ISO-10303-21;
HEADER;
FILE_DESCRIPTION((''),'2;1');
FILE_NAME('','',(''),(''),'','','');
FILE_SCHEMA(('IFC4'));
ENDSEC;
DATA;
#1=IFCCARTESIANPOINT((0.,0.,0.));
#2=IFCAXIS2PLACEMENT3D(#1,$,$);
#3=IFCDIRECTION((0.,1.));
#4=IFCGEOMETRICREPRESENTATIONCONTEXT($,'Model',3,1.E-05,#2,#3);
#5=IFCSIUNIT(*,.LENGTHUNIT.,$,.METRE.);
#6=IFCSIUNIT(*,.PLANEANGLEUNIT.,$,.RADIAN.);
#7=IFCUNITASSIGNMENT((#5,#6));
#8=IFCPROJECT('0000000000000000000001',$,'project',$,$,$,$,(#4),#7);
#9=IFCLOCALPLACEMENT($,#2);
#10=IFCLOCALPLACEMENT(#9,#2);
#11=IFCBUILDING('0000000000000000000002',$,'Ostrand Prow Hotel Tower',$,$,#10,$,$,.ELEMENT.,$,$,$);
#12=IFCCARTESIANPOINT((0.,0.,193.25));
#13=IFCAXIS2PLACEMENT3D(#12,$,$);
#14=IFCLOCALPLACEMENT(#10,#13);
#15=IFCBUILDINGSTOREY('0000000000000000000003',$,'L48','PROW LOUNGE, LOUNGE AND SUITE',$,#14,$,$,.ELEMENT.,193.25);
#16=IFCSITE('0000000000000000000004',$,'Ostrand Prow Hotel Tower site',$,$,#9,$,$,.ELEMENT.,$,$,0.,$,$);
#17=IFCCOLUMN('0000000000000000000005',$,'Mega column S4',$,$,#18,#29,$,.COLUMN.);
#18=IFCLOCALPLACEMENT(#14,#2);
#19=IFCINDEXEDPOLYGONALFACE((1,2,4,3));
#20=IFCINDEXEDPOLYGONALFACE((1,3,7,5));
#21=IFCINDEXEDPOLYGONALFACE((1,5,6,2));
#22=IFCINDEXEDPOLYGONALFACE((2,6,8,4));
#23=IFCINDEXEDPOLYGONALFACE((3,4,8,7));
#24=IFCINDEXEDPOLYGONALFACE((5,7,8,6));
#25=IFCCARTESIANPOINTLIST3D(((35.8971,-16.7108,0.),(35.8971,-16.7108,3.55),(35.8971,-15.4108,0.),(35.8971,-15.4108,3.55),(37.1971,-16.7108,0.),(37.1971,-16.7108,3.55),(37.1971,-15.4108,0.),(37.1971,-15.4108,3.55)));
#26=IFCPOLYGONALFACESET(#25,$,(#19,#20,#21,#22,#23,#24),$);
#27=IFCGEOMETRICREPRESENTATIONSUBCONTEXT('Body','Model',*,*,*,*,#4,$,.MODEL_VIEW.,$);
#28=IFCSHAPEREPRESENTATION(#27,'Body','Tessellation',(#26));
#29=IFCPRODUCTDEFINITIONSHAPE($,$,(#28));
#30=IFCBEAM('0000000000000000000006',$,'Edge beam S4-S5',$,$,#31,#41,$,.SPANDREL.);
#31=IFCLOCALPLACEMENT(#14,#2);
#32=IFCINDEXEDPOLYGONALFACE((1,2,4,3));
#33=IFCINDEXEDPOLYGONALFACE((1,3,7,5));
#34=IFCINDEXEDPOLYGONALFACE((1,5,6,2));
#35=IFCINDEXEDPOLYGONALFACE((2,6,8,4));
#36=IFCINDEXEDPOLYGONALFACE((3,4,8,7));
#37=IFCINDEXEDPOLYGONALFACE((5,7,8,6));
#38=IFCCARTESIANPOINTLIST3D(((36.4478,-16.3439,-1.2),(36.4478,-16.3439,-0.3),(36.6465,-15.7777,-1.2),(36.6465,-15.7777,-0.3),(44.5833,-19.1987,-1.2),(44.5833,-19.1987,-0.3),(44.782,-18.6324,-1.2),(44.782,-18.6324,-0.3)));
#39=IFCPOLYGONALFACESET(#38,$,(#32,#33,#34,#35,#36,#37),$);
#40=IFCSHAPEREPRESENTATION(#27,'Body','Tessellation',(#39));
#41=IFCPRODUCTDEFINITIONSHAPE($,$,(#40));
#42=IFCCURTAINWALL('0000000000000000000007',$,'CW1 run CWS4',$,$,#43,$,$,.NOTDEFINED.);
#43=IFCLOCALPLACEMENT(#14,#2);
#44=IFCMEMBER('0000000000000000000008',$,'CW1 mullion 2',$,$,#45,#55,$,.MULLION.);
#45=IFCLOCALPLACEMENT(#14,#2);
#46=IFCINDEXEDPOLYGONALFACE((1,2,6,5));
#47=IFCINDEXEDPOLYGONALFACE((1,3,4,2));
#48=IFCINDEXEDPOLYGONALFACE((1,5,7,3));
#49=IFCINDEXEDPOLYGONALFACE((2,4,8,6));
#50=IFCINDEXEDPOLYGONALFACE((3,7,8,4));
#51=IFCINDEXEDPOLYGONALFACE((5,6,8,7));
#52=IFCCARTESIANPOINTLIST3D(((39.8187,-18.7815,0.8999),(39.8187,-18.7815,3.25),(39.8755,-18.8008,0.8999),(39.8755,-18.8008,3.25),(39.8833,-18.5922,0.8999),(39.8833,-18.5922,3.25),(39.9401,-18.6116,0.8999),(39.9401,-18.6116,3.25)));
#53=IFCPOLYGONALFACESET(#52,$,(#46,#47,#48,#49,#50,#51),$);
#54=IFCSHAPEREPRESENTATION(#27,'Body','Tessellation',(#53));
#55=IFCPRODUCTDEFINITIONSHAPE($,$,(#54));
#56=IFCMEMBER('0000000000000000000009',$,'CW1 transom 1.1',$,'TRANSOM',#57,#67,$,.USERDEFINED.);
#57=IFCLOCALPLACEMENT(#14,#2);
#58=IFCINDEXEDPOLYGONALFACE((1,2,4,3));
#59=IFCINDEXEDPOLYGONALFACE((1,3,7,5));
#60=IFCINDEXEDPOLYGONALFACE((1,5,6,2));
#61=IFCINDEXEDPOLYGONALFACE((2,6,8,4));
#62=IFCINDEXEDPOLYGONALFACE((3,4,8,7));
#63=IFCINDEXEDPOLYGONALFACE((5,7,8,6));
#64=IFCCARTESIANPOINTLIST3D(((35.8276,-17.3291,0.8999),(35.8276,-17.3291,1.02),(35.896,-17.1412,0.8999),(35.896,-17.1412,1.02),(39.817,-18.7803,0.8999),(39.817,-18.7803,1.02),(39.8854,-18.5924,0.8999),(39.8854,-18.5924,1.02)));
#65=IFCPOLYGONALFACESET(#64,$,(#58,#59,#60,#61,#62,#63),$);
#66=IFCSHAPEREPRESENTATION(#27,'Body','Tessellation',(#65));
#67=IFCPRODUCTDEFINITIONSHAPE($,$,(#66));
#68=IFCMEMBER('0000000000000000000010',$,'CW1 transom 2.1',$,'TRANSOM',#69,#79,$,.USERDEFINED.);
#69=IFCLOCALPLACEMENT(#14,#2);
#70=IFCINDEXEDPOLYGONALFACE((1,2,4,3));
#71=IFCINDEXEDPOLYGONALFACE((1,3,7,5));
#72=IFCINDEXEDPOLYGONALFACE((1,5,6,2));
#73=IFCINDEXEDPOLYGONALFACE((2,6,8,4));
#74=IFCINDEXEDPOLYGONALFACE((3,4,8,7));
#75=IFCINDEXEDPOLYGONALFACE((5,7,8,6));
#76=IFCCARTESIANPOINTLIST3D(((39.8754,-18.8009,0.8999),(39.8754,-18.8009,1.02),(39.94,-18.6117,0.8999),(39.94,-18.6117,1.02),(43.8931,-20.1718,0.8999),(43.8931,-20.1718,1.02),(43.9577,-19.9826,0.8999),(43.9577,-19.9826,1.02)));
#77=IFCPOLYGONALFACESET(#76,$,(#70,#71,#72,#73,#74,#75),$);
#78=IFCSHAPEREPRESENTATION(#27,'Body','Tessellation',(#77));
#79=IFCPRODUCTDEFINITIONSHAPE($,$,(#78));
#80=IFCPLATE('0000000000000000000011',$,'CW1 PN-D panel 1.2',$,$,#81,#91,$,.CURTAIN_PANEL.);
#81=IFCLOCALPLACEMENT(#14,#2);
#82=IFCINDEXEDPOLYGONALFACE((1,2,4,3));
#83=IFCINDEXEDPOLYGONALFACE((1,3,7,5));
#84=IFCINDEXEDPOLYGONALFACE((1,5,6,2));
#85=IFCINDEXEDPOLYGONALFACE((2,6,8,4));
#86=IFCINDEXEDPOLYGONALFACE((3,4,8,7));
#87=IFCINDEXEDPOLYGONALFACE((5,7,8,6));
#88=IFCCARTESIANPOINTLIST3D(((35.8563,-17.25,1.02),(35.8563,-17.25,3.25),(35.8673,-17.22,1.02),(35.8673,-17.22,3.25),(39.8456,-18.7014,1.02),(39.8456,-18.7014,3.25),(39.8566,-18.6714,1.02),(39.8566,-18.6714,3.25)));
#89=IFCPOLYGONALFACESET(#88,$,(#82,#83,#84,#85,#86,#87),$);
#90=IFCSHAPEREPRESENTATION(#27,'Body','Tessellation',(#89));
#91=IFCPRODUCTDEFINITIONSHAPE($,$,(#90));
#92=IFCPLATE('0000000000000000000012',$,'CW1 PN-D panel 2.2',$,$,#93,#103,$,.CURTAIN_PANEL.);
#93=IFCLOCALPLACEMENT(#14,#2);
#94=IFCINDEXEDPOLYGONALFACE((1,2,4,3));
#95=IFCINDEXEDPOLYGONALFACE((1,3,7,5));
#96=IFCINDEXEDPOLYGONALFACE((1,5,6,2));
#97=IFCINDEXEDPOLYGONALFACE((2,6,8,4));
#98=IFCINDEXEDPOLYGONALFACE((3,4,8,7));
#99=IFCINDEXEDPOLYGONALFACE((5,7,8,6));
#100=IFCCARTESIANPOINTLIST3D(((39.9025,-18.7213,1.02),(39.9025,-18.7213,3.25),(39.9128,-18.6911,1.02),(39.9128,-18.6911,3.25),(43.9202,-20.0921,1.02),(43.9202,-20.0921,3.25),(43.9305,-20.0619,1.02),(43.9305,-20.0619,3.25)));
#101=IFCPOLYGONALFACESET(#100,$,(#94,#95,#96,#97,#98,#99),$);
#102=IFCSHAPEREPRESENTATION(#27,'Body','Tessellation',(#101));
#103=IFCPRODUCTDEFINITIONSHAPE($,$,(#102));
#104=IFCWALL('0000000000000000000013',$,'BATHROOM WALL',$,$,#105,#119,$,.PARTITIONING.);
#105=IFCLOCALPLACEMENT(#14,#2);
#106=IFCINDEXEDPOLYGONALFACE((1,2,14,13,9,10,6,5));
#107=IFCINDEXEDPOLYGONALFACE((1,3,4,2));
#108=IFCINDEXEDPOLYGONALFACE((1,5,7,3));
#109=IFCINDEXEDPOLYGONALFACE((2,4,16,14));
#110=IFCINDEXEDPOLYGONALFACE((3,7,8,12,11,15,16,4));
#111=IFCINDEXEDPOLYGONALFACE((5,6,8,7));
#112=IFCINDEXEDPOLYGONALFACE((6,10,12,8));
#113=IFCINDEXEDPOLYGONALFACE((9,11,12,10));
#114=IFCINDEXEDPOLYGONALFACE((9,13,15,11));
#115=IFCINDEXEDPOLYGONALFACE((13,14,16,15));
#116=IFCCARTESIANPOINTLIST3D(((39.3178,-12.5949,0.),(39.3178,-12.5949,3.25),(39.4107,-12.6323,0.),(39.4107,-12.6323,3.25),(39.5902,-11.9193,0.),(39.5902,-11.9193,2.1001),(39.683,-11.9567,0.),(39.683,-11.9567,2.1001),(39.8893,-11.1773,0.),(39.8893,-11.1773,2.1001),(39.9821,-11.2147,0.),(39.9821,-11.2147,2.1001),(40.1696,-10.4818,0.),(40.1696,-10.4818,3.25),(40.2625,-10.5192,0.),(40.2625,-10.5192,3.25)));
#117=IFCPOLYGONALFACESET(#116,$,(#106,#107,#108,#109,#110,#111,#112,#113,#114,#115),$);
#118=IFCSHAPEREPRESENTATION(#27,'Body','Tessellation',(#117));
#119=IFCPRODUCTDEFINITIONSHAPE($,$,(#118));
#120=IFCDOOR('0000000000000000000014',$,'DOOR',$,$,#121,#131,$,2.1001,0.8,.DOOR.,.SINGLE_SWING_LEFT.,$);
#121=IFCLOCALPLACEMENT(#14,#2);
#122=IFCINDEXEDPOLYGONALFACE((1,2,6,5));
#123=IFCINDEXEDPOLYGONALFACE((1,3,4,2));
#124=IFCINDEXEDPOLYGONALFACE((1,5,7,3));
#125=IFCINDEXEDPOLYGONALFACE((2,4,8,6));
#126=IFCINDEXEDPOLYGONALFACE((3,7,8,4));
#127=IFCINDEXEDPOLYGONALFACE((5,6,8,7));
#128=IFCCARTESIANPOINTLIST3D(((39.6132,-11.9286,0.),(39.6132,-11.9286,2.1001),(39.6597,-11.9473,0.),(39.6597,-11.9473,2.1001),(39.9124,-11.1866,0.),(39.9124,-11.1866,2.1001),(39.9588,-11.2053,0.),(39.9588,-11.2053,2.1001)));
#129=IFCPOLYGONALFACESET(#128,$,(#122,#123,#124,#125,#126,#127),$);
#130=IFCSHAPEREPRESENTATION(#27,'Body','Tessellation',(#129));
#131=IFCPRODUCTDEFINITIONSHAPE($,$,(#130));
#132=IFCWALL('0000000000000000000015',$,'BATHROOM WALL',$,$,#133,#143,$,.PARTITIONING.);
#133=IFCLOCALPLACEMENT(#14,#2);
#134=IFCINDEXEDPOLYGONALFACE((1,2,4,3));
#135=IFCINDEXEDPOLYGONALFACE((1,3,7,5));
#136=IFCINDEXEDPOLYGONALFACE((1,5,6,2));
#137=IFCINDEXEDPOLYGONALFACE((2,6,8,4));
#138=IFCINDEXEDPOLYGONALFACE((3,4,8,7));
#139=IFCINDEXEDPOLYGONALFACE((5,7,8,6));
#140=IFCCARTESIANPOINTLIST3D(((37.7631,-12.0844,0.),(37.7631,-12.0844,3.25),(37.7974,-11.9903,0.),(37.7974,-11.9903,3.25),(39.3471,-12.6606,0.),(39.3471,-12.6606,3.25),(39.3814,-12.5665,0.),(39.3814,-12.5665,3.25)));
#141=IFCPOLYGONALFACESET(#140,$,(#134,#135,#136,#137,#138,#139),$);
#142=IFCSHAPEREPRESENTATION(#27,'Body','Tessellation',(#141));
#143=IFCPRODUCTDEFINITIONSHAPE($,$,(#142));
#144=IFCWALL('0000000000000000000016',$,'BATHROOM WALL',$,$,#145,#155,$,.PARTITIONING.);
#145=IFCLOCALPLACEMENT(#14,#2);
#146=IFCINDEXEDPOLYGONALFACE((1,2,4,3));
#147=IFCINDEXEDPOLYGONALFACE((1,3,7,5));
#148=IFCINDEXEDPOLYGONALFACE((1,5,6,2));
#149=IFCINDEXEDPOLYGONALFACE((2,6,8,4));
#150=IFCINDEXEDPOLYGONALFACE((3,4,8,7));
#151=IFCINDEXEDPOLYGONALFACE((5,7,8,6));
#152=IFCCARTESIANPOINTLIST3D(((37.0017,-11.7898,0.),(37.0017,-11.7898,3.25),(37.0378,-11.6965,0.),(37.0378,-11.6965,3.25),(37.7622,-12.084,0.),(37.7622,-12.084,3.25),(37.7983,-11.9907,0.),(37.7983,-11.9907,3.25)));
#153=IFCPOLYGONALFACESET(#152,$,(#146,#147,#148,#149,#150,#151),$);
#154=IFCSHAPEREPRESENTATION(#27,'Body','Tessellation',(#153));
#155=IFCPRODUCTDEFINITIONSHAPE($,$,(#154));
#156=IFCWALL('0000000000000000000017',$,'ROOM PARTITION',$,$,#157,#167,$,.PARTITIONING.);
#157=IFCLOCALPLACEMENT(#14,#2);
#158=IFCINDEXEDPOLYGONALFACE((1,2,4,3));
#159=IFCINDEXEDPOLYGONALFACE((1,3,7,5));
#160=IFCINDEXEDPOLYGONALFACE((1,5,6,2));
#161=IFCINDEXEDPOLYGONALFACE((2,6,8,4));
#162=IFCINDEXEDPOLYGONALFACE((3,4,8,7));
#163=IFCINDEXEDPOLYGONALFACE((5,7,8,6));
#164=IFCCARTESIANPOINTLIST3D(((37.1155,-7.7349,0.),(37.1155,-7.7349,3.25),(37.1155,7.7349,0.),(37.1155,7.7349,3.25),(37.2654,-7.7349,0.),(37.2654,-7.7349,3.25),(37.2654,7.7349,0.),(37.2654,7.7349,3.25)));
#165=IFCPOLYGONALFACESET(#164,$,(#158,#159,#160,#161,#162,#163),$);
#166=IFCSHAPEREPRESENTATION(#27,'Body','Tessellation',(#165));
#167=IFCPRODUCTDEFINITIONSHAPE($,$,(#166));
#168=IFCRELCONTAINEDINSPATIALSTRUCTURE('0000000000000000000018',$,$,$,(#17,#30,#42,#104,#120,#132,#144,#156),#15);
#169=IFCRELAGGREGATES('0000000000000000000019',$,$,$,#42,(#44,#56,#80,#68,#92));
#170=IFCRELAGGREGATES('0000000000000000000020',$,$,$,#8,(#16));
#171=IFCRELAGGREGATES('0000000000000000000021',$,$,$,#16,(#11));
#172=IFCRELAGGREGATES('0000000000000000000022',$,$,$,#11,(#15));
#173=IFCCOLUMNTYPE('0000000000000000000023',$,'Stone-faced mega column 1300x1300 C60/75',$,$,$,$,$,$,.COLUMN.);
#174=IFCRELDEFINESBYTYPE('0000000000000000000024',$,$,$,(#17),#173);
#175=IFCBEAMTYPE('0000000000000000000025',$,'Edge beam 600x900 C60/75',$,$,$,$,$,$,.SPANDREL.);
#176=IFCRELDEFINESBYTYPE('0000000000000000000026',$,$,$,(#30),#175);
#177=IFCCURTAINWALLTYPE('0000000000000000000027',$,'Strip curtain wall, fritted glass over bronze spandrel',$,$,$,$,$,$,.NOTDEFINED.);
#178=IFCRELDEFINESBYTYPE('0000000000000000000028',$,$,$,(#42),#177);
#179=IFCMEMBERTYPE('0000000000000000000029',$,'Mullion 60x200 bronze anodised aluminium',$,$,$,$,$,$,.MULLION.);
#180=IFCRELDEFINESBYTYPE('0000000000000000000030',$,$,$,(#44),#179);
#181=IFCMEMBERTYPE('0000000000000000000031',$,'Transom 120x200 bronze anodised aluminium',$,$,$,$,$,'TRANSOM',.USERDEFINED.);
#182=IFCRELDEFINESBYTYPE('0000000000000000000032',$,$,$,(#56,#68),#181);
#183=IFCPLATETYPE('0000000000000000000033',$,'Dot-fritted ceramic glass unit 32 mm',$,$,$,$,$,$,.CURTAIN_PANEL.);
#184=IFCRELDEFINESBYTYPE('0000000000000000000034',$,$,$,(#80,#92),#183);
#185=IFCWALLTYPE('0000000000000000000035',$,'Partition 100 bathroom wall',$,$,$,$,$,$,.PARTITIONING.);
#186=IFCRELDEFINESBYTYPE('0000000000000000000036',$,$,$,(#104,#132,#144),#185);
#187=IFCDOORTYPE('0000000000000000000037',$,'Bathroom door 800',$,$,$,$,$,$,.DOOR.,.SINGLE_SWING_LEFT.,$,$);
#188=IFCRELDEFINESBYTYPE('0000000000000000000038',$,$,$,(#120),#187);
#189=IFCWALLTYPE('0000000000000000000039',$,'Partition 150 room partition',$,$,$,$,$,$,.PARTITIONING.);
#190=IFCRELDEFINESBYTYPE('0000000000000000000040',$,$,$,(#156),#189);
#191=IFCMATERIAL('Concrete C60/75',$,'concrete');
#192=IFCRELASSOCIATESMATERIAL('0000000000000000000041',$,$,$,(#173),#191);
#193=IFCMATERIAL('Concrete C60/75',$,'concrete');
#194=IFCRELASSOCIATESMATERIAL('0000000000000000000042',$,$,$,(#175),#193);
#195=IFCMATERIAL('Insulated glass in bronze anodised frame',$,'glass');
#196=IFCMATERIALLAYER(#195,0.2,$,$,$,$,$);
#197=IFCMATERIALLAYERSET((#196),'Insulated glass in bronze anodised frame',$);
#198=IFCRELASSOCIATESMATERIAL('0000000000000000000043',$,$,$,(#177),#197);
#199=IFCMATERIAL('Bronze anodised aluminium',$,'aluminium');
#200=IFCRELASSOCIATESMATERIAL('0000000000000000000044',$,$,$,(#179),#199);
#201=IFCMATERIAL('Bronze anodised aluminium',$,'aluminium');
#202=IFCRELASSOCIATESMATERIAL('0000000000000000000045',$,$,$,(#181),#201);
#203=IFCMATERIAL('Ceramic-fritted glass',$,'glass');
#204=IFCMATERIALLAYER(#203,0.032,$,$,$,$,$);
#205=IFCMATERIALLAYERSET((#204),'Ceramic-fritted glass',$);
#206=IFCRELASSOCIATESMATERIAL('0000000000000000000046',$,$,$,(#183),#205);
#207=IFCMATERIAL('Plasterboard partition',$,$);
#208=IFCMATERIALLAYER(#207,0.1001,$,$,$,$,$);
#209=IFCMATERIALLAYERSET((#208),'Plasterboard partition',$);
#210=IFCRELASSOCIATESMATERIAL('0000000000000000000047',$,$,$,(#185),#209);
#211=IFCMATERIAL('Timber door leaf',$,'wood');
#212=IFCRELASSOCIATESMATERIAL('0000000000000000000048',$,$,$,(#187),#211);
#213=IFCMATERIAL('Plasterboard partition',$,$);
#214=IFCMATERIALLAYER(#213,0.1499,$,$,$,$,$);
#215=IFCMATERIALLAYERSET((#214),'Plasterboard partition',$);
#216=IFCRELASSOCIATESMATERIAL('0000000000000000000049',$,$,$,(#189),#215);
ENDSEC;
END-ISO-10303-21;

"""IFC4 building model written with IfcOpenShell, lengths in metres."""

from ifc_helpers import new_model, si_unit, direction, frame, frame_2d, origin, origin_2d, place, context, subcontext, project, spatial, rectangle, extrude, material, layer, layer_set, material_profile, profile_set, type_object, element, fill, aggregate, save


model = new_model("IFC4")

# Units and contexts
model_context = context("Model", 3, precision=1e-05, world=origin(), true_north=direction((0.0, 1.0)))
body_context = subcontext(model_context, "Body", "Model", "MODEL_VIEW")
ifc_project = project(units=[si_unit("LENGTHUNIT", "METRE"), si_unit("PLANEANGLEUNIT", "RADIAN")], contexts=[model_context])

# Site, building, storey
site_placement = place(None, origin())
site = spatial("IfcSite", under=ifc_project, at=site_placement, Name="Ostrand Prow Hotel Tower site", CompositionType="ELEMENT", RefElevation=0.0)
building_placement = place(site_placement, origin())
building = spatial("IfcBuilding", under=site, at=building_placement, Name="Ostrand Prow Hotel Tower", CompositionType="ELEMENT")
storey_placement = place(building_placement, frame((0.0, 0.0, 193.25)))
storey = spatial("IfcBuildingStorey", under=building, at=storey_placement, Name="L48", Description="PROW LOUNGE, LOUNGE AND SUITE", CompositionType="ELEMENT", Elevation=193.25)

# Column
ifc_material_1 = material(Name="Concrete C60/75", Category="concrete")
ifc_material_profile_1 = material_profile(ifc_material_1, rectangle(XDim=1.3, YDim=1.3, at=origin_2d()), Name="RC 1300x1300")
ifc_profile_set_1 = profile_set([ifc_material_profile_1], Name="Concrete C60/75")
column_type = type_object("IfcColumnType", Name="Stone-faced mega column 1300x1300 C60/75", PredefinedType="COLUMN", material=ifc_profile_set_1)
column_placement = place(storey_placement, frame((36.5471, -16.0608, 0.0), z_axis=(0.0, 0.0, 1.0), x_axis=(1.0, 0.0, 0.0)))
element("IfcColumn", 1, at=column_placement, inside=storey, type_object=column_type, Name="Mega column S4", PredefinedType="COLUMN", context=body_context, shape_type="SweptSolid", body=[
    extrude(rectangle(XDim=1.3, YDim=1.3, at=origin_2d()), origin(), (0.0, 0.0, 1.0), 3.55),
])

# Beam
ifc_material_2 = material(Name="Concrete C60/75", Category="concrete")
ifc_material_profile_2 = material_profile(ifc_material_2, rectangle(XDim=0.6001, YDim=0.8999, at=origin_2d()), Name="RC 600x900")
ifc_profile_set_2 = profile_set([ifc_material_profile_2], Name="Concrete C60/75")
beam_type = type_object("IfcBeamType", Name="Edge beam 600x900 C60/75", PredefinedType="SPANDREL", material=ifc_profile_set_2)
beam_placement = place(storey_placement, frame((36.5471, -16.0608, -0.75), z_axis=(0.943594, -0.331106, 0.0), x_axis=(0.331106, 0.943594, 0.0)))
element("IfcBeam", 2, at=beam_placement, inside=storey, type_object=beam_type, Name="Edge beam S4-S5", PredefinedType="SPANDREL", context=body_context, shape_type="SweptSolid", body=[
    extrude(rectangle(XDim=0.6001, YDim=0.8999, at=origin_2d()), origin(), (0.0, 0.0, 1.0), 8.6218),
])

# Curtain wall, members, plates
ifc_material_3 = material(Name="Insulated glass in bronze anodised frame", Category="glass")
ifc_layer_1 = layer(ifc_material_3, 0.2)
ifc_layer_set_1 = layer_set([ifc_layer_1], Name="Insulated glass in bronze anodised frame")
curtain_wall_type = type_object("IfcCurtainWallType", Name="Strip curtain wall, fritted glass over bronze spandrel", PredefinedType="NOTDEFINED", material=ifc_layer_set_1)
curtain_wall_placement = place(storey_placement, origin())
curtain_wall = element("IfcCurtainWall", 3, at=curtain_wall_placement, inside=storey, type_object=curtain_wall_type, Name="CW1 run CWS4", PredefinedType="NOTDEFINED")
ifc_material_4 = material(Name="Bronze anodised aluminium", Category="aluminium")
ifc_material_profile_3 = material_profile(ifc_material_4, rectangle(XDim=0.2, YDim=0.0601, at=origin_2d()), Name="Mullion 60x200 bronze anodised aluminium")
ifc_profile_set_3 = profile_set([ifc_material_profile_3], Name="Bronze anodised aluminium")
member_type_1 = type_object("IfcMemberType", Name="Mullion 60x200 bronze anodised aluminium", PredefinedType="MULLION", material=ifc_profile_set_3)
member_1_placement = place(storey_placement, frame((39.8794, -18.6965, 0.8999), z_axis=(0.0, 0.0, 1.0), x_axis=(0.322908, 0.94643, 0.0)))
member_1 = element("IfcMember", 4, at=member_1_placement, type_object=member_type_1, Name="CW1 mullion 2", PredefinedType="MULLION", context=body_context, shape_type="SweptSolid", body=[
    extrude(rectangle(XDim=0.2, YDim=0.0601, at=origin_2d()), origin(), (0.0, 0.0, 1.0), 2.3501),
])
ifc_material_5 = material(Name="Bronze anodised aluminium", Category="aluminium")
ifc_material_profile_4 = material_profile(ifc_material_5, rectangle(XDim=0.2, YDim=0.1201, at=origin_2d()), Name="Transom 120x200 bronze anodised aluminium")
ifc_profile_set_4 = profile_set([ifc_material_profile_4], Name="Bronze anodised aluminium")
member_type_2 = type_object("IfcMemberType", Name="Transom 120x200 bronze anodised aluminium", ElementType="TRANSOM", PredefinedType="USERDEFINED", material=ifc_profile_set_4)
member_2_placement = place(storey_placement, frame((35.8618, -17.2351, 0.96), z_axis=(0.939753, -0.341854, 0.0), x_axis=(0.341854, 0.939753, 0.0)))
member_2 = element("IfcMember", 5, at=member_2_placement, type_object=member_type_2, Name="CW1 transom 1.1", ObjectType="TRANSOM", PredefinedType="USERDEFINED", context=body_context, shape_type="SweptSolid", body=[
    extrude(rectangle(XDim=0.2, YDim=0.1201, at=origin_2d()), origin(), (0.0, 0.0, 1.0), 4.2451),
])
member_3_placement = place(storey_placement, frame((39.9077, -18.7063, 0.96), z_axis=(0.946422, -0.322932, 0.0), x_axis=(0.322932, 0.946422, 0.0)))
member_3 = element("IfcMember", 6, at=member_3_placement, type_object=member_type_2, Name="CW1 transom 2.1", ObjectType="TRANSOM", PredefinedType="USERDEFINED", context=body_context, shape_type="SweptSolid", body=[
    extrude(rectangle(XDim=0.2, YDim=0.1201, at=origin_2d()), origin(), (0.0, 0.0, 1.0), 4.2451),
])
ifc_material_6 = material(Name="Ceramic-fritted glass", Category="glass")
ifc_layer_2 = layer(ifc_material_6, 0.032)
ifc_layer_set_2 = layer_set([ifc_layer_2], Name="Ceramic-fritted glass")
plate_type = type_object("IfcPlateType", Name="Dot-fritted ceramic glass unit 32 mm", PredefinedType="CURTAIN_PANEL", material=ifc_layer_set_2)
plate_1_placement = place(storey_placement, frame((37.8564, -17.9607, 1.02), z_axis=(0.0, 0.0, 1.0), x_axis=(0.939737, -0.341897, 0.0)))
plate_1 = element("IfcPlate", 7, at=plate_1_placement, type_object=plate_type, Name="CW1 PN-D panel 1.2", PredefinedType="CURTAIN_PANEL", context=body_context, shape_type="SweptSolid", body=[
    extrude(rectangle(XDim=4.2451, YDim=0.032, at=origin_2d()), origin(), (0.0, 0.0, 1.0), 2.23),
])
plate_2_placement = place(storey_placement, frame((41.9165, -19.3916, 1.02), z_axis=(0.0, 0.0, 1.0), x_axis=(0.94643, -0.322908, 0.0)))
plate_2 = element("IfcPlate", 8, at=plate_2_placement, type_object=plate_type, Name="CW1 PN-D panel 2.2", PredefinedType="CURTAIN_PANEL", context=body_context, shape_type="SweptSolid", body=[
    extrude(rectangle(XDim=4.2451, YDim=0.032, at=origin_2d()), origin(), (0.0, 0.0, 1.0), 2.23),
])
aggregate(curtain_wall, [member_1, member_2, plate_1, member_3, plate_2])

# Wall, opening, door
ifc_material_7 = material(Name="Plasterboard partition")
ifc_layer_3 = layer(ifc_material_7, 0.1001)
ifc_layer_set_3 = layer_set([ifc_layer_3], Name="Plasterboard partition")
wall_type_1 = type_object("IfcWallType", Name="Partition 100 bathroom wall", PredefinedType="PARTITIONING", material=ifc_layer_set_3)
wall_1_placement = place(storey_placement, frame((40.2161, -10.5005, 0.0), z_axis=(0.0, 0.0, 1.0), x_axis=(-0.373884, -0.927476, 0.0)))
wall_1 = element("IfcWall", 9, at=wall_1_placement, inside=storey, type_object=wall_type_1, Name="BATHROOM WALL", PredefinedType="PARTITIONING", context=body_context, shape_type="SweptSolid", body=[
    extrude(rectangle(XDim=2.2783, YDim=0.1001, at=frame_2d((1.1392, 0.0))), origin(), (0.0, 0.0, 1.0), 3.25),
])
opening_1_placement = place(wall_1_placement, frame((0.75, 0.0, 0.0)))
opening_1 = element("IfcOpeningElement", 10, at=opening_1_placement, cuts=wall_1, PredefinedType="OPENING", context=body_context, shape_type="SweptSolid", body=[
    extrude(rectangle(XDim=0.8, YDim=2.1001, at=frame_2d((0.3999, 1.05))), frame((0.0, 0.0601, 0.0), z_axis=(0.0, -1.0, 0.0), x_axis=(1.0, 0.0, 0.0)), (0.0, 0.0, 1.0), 0.1201),
])
ifc_material_8 = material(Name="Timber door leaf", Category="wood")
door_type_1 = type_object("IfcDoorType", Name="Bathroom door 800", OperationType="SINGLE_SWING_LEFT", PredefinedType="DOOR", material=ifc_material_8)
door_1_placement = place(opening_1_placement, origin())
door_1 = element("IfcDoor", 11, at=door_1_placement, inside=storey, type_object=door_type_1, Name="DOOR", OperationType="SINGLE_SWING_LEFT", OverallHeight=2.1001, OverallWidth=0.8, PredefinedType="DOOR", context=body_context, shape_type="SweptSolid", body=[
    extrude(rectangle(XDim=0.8, YDim=2.1001, at=frame_2d((0.3999, 1.05))), frame((0.0, 0.0249, 0.0), z_axis=(0.0, -1.0, 0.0), x_axis=(1.0, 0.0, 0.0)), (0.0, 0.0, 1.0), 0.05),
])
fill(opening_1, door_1)

# Walls
wall_2_placement = place(storey_placement, frame((39.3643, -12.6135, 0.0), z_axis=(0.0, 0.0, 1.0), x_axis=(-0.93976, 0.341836, 0.0)))
element("IfcWall", 12, at=wall_2_placement, inside=storey, type_object=wall_type_1, Name="BATHROOM WALL", PredefinedType="PARTITIONING", context=body_context, shape_type="SweptSolid", body=[
    extrude(rectangle(XDim=1.6855, YDim=0.1001, at=frame_2d((0.8428, 0.0))), origin(), (0.0, 0.0, 1.0), 3.25),
])
wall_3_placement = place(storey_placement, frame((37.7803, -12.0374, 0.0), z_axis=(0.0, 0.0, 1.0), x_axis=(-0.932649, 0.360784, 0.0)))
element("IfcWall", 13, at=wall_3_placement, inside=storey, type_object=wall_type_1, Name="BATHROOM WALL", PredefinedType="PARTITIONING", context=body_context, shape_type="SweptSolid", body=[
    extrude(rectangle(XDim=0.8154, YDim=0.1001, at=frame_2d((0.4077, 0.0))), origin(), (0.0, 0.0, 1.0), 3.25),
])
ifc_material_9 = material(Name="Plasterboard partition")
ifc_layer_4 = layer(ifc_material_9, 0.1499)
ifc_layer_set_4 = layer_set([ifc_layer_4], Name="Plasterboard partition")
wall_type_2 = type_object("IfcWallType", Name="Partition 150 room partition", PredefinedType="PARTITIONING", material=ifc_layer_set_4)
wall_4_placement = place(storey_placement, frame((37.1904, -7.7349, 0.0), z_axis=(0.0, 0.0, 1.0), x_axis=(0.0, 1.0, 0.0)))
element("IfcWall", 14, at=wall_4_placement, inside=storey, type_object=wall_type_2, Name="ROOM PARTITION", PredefinedType="PARTITIONING", context=body_context, shape_type="SweptSolid", body=[
    extrude(rectangle(XDim=15.4697, YDim=0.1499, at=frame_2d((7.7349, 0.0))), origin(), (0.0, 0.0, 1.0), 3.25),
])

save(model, "model.ifc")
